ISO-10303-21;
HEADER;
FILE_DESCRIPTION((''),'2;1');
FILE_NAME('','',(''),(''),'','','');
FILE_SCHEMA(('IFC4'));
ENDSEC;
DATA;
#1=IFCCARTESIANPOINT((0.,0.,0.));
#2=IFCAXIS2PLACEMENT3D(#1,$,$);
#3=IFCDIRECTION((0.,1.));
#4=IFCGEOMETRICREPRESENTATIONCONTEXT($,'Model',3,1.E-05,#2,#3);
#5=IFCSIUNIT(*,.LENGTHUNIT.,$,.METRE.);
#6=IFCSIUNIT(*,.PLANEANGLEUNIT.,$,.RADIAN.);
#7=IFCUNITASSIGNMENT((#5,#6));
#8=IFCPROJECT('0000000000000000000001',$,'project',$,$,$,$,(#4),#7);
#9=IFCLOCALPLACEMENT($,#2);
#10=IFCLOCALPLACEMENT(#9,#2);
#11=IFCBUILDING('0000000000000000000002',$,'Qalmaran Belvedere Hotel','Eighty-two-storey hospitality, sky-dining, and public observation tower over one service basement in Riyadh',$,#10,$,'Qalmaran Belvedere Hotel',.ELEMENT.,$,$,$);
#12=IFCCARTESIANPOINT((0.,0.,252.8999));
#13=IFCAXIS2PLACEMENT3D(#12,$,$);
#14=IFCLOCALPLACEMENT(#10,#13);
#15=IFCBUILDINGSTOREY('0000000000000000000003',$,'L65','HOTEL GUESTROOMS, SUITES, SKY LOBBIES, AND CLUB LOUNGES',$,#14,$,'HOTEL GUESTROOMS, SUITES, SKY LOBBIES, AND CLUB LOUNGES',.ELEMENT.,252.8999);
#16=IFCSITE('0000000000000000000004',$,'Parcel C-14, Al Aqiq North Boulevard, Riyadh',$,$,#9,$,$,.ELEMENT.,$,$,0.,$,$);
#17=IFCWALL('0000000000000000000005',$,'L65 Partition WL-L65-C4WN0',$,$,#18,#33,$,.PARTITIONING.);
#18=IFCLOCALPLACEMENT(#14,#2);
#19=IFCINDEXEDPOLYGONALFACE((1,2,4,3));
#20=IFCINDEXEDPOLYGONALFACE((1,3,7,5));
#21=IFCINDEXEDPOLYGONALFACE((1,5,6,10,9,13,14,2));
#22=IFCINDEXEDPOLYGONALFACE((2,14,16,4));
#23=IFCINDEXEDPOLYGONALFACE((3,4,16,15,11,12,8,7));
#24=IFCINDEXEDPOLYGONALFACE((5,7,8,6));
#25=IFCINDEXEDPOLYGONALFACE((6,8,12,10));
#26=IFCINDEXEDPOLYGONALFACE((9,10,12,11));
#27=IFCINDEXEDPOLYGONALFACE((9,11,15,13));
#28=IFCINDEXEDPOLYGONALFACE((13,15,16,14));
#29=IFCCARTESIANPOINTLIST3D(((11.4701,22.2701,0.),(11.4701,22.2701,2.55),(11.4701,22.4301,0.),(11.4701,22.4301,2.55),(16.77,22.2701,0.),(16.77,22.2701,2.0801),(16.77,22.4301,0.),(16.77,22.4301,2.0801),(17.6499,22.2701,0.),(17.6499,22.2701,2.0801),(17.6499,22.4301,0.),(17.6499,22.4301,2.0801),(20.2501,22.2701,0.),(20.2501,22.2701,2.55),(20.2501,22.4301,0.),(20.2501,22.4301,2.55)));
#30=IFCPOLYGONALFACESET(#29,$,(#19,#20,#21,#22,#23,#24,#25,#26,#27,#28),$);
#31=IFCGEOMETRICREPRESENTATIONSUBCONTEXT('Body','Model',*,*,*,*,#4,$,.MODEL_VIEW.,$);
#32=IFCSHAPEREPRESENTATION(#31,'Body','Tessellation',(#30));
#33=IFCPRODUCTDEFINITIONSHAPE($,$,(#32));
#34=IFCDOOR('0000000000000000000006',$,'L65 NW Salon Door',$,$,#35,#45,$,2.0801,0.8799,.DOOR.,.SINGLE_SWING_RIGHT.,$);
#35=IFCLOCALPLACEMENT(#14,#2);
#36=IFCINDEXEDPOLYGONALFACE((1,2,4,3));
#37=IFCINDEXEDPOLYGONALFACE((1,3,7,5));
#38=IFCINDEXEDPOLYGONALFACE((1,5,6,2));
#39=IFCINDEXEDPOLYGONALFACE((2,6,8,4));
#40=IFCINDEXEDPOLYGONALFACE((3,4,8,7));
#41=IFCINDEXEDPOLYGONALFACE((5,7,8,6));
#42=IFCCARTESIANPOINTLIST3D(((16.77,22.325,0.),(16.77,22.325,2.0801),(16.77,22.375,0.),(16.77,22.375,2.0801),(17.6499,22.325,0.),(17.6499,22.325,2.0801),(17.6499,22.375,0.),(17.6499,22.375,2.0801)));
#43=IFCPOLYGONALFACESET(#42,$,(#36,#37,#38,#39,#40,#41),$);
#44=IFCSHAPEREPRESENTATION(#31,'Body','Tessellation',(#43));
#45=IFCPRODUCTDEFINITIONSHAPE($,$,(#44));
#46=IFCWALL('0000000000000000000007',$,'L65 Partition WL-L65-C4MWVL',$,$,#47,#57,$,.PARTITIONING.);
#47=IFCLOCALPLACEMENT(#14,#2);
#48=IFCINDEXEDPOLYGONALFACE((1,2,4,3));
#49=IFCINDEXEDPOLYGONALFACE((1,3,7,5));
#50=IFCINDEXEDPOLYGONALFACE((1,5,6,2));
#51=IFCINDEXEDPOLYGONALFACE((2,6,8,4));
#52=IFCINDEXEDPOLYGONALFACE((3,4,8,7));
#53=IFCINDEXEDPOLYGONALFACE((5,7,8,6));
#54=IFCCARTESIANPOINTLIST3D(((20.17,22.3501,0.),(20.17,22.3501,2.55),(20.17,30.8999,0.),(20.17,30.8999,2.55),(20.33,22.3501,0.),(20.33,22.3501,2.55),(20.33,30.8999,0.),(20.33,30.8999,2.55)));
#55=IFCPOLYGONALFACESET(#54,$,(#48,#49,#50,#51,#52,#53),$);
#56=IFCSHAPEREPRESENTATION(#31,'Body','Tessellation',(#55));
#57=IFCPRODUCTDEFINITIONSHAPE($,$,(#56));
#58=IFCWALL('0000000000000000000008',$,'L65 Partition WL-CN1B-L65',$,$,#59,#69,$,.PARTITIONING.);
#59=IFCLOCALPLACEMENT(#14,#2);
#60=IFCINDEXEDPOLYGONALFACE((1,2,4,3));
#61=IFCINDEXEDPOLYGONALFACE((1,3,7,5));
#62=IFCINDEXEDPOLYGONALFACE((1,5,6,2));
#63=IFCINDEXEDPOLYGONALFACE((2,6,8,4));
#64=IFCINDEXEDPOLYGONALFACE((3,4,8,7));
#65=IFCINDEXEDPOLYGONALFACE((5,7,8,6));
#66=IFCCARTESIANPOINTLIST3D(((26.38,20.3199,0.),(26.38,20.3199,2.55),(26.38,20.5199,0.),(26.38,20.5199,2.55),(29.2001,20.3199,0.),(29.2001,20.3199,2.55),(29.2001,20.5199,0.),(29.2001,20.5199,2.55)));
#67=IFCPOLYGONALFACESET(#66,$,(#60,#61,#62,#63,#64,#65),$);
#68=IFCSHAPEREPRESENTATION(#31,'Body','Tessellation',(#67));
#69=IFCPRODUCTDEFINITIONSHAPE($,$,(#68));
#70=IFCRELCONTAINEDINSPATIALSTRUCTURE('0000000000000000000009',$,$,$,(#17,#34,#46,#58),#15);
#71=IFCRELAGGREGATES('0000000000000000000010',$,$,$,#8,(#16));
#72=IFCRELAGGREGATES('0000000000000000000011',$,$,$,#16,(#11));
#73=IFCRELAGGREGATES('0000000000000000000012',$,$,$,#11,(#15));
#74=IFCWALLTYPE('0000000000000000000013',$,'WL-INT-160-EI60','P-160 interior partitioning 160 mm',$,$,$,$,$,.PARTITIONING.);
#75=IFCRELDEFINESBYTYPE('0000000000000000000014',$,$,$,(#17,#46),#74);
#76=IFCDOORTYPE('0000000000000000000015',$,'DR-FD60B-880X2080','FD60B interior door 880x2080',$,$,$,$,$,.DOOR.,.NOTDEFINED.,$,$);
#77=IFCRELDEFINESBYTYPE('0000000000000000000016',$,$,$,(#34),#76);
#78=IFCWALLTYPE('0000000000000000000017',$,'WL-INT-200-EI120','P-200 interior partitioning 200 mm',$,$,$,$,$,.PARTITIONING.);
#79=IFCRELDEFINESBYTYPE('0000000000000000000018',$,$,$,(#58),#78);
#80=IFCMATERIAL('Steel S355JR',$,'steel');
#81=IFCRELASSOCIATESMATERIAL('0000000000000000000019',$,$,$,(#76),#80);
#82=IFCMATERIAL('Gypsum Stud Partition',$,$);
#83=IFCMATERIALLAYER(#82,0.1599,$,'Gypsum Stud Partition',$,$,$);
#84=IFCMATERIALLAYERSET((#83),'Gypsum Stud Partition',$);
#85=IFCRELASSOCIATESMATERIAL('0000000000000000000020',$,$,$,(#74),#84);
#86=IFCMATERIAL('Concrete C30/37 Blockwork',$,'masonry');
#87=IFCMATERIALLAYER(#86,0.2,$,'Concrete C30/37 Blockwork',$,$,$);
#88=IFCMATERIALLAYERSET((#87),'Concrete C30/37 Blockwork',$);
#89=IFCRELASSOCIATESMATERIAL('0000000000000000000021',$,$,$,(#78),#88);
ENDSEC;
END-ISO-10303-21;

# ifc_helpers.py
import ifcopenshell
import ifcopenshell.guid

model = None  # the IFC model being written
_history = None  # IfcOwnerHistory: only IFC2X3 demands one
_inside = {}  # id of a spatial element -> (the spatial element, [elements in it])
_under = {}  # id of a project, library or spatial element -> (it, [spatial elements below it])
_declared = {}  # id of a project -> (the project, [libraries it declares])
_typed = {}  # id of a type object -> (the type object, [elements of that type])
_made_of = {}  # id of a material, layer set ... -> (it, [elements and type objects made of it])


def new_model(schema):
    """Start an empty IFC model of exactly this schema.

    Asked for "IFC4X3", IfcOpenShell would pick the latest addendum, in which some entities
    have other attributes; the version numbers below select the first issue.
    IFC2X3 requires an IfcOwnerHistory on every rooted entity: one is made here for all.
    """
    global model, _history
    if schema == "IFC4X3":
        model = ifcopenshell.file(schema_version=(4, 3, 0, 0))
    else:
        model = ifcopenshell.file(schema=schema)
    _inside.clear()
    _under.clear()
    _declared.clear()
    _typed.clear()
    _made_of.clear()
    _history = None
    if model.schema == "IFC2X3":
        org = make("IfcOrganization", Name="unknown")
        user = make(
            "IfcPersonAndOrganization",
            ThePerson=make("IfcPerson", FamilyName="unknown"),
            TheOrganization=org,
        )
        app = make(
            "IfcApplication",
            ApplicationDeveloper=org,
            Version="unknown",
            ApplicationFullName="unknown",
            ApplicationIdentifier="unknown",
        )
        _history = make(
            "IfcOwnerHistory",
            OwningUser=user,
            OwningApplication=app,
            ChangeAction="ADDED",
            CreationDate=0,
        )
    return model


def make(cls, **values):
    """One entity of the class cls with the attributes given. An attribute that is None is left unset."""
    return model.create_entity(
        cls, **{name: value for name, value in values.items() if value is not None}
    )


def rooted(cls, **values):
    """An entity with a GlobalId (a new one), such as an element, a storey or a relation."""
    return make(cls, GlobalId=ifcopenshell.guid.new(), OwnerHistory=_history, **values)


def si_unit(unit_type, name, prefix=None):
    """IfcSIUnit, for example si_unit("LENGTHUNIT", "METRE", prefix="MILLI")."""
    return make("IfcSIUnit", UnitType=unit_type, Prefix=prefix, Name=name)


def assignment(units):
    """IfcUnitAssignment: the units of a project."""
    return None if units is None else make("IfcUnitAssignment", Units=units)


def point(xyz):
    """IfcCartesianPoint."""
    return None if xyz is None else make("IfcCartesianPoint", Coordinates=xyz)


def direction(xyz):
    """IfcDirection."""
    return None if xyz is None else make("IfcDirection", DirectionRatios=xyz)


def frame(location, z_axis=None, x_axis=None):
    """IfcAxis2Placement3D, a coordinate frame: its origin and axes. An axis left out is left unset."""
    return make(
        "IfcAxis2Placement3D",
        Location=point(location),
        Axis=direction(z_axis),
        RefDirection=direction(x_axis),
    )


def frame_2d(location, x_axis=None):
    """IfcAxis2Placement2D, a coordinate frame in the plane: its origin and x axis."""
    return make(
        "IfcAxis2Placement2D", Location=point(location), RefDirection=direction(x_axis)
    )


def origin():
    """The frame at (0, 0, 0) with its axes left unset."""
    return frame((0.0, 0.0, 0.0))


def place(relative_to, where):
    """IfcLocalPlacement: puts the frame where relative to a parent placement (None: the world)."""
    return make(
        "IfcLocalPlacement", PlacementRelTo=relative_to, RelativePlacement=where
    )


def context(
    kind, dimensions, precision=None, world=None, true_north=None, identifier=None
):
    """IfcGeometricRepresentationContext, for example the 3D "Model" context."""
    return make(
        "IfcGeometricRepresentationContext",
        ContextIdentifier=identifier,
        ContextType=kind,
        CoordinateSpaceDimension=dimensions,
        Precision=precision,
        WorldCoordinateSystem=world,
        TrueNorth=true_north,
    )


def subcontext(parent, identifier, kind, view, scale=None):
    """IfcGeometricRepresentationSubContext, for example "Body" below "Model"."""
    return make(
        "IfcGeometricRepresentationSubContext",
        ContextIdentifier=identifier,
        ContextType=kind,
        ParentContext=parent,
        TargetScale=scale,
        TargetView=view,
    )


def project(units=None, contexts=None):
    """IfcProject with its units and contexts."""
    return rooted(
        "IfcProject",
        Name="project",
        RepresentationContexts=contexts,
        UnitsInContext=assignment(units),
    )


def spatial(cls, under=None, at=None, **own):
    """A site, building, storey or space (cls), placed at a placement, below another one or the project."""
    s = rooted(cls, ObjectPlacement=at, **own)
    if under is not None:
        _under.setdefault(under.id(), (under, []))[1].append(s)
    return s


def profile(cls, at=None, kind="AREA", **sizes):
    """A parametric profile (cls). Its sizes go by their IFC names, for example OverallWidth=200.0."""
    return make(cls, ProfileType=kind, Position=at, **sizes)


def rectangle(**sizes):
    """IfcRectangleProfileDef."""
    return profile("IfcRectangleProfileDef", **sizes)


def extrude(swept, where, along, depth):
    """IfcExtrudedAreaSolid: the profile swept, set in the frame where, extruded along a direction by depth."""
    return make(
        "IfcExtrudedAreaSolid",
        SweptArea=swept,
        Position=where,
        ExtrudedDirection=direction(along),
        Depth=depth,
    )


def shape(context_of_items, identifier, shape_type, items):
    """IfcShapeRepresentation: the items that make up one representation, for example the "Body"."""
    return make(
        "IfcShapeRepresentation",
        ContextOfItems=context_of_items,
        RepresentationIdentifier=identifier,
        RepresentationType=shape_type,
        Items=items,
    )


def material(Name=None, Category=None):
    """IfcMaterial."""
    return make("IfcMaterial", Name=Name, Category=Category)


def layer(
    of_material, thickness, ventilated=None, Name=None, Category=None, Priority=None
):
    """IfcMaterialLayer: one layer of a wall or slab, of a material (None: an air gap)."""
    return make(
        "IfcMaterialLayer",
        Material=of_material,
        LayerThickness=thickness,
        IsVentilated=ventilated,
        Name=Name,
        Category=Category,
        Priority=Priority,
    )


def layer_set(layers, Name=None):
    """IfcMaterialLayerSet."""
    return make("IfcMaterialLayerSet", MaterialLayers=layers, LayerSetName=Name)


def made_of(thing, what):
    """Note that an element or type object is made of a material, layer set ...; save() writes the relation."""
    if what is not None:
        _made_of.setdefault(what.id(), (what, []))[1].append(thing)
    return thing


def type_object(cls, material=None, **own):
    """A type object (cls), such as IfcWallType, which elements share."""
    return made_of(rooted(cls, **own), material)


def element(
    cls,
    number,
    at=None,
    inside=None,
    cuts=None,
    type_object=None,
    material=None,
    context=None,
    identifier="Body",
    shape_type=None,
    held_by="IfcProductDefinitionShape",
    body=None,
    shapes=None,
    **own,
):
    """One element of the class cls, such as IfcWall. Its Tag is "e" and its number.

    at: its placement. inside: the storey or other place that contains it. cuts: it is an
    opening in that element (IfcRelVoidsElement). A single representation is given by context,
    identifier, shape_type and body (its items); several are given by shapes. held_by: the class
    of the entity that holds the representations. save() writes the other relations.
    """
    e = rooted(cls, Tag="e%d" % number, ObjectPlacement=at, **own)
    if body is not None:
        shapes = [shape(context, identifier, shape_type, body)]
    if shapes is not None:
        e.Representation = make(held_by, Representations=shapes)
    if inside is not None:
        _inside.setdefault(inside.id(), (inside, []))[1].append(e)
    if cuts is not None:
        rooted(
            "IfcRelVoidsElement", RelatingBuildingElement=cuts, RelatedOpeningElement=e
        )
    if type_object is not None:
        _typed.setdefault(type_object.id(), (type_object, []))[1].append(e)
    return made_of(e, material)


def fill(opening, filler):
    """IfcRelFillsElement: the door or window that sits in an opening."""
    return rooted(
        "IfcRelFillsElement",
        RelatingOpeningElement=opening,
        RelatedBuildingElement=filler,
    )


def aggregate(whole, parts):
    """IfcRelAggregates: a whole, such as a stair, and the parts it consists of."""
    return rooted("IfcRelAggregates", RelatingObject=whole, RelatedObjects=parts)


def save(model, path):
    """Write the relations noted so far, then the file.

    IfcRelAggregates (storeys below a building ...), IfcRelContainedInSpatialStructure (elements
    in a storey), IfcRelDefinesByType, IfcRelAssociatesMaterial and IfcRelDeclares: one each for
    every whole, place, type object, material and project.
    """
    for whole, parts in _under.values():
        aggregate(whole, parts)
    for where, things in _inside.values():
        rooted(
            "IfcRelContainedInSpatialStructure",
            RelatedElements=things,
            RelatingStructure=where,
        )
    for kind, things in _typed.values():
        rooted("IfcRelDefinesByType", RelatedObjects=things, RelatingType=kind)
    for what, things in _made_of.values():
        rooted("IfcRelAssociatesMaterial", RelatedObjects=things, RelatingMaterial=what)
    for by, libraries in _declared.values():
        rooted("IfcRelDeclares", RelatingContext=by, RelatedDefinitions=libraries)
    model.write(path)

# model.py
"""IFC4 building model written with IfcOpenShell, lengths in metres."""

from ifc_helpers import new_model, si_unit, direction, frame, frame_2d, origin, place, context, subcontext, project, spatial, rectangle, extrude, material, layer, layer_set, type_object, element, fill, save


model = new_model("IFC4")

# Units and contexts
model_context = context("Model", 3, precision=1e-05, world=origin(), true_north=direction((0.0, 1.0)))
body_context = subcontext(model_context, "Body", "Model", "MODEL_VIEW")
ifc_project = project(units=[si_unit("LENGTHUNIT", "METRE"), si_unit("PLANEANGLEUNIT", "RADIAN")], contexts=[model_context])

# Site, building, storey
site_placement = place(None, origin())
site = spatial("IfcSite", under=ifc_project, at=site_placement, Name="Parcel C-14, Al Aqiq North Boulevard, Riyadh", CompositionType="ELEMENT", RefElevation=0.0)
building_placement = place(site_placement, origin())
building = spatial("IfcBuilding", under=site, at=building_placement, Name="Qalmaran Belvedere Hotel", Description="Eighty-two-storey hospitality, sky-dining, and public observation tower over one service basement in Riyadh", LongName="Qalmaran Belvedere Hotel", CompositionType="ELEMENT")
storey_placement = place(building_placement, frame((0.0, 0.0, 252.8999)))
storey = spatial("IfcBuildingStorey", under=building, at=storey_placement, Name="L65", Description="HOTEL GUESTROOMS, SUITES, SKY LOBBIES, AND CLUB LOUNGES", LongName="HOTEL GUESTROOMS, SUITES, SKY LOBBIES, AND CLUB LOUNGES", CompositionType="ELEMENT", Elevation=252.8999)

# Shared definitions
ifc_material_1 = material(Name="Steel S355JR", Category="steel")

# Shared definitions
ifc_material_2 = material(Name="Gypsum Stud Partition")
door_type_1 = type_object("IfcDoorType", Name="DR-FD60B-880X2080", Description="FD60B interior door 880x2080", OperationType="NOTDEFINED", PredefinedType="DOOR", material=ifc_material_1)

# Shared definitions
ifc_layer_1 = layer(ifc_material_2, 0.1599, Name="Gypsum Stud Partition")
ifc_layer_set_1 = layer_set([ifc_layer_1], Name="Gypsum Stud Partition")
wall_type_1 = type_object("IfcWallType", Name="WL-INT-160-EI60", Description="P-160 interior partitioning 160 mm", PredefinedType="PARTITIONING", material=ifc_layer_set_1)

# Wall, opening, door
wall_1_placement = place(storey_placement, frame((11.47, 22.3501, 0.0), z_axis=(0.0, 0.0, 1.0), x_axis=(1.0, 0.0, 0.0)))
wall_1 = element("IfcWall", 1, at=wall_1_placement, inside=storey, type_object=wall_type_1, Name="L65 Partition WL-L65-C4WN0", PredefinedType="PARTITIONING", context=body_context, shape_type="SweptSolid", body=[
    extrude(rectangle(XDim=8.78, YDim=0.1599, at=frame_2d((4.3901, 0.0))), origin(), (0.0, 0.0, 1.0), 2.55),
])
opening_1_placement = place(wall_1_placement, frame((5.3, 0.0, 0.0)))
opening_1 = element("IfcOpeningElement", 2, at=opening_1_placement, cuts=wall_1, PredefinedType="OPENING", context=body_context, shape_type="SweptSolid", body=[
    extrude(rectangle(XDim=0.8799, YDim=2.0801, at=frame_2d((0.4399, 1.04))), frame((0.0, 0.0898, 0.0), z_axis=(0.0, -1.0, 0.0), x_axis=(1.0, 0.0, 0.0)), (0.0, 0.0, 1.0), 0.1799),
])
door_1_placement = place(opening_1_placement, origin())
door_1 = element("IfcDoor", 3, at=door_1_placement, inside=storey, type_object=door_type_1, Name="L65 NW Salon Door", OperationType="SINGLE_SWING_RIGHT", OverallHeight=2.0801, OverallWidth=0.8799, PredefinedType="DOOR", context=body_context, shape_type="SweptSolid", body=[
    extrude(rectangle(XDim=0.8799, YDim=2.0801, at=frame_2d((0.4399, 1.04))), frame((0.0, 0.0249, 0.0), z_axis=(0.0, -1.0, 0.0), x_axis=(1.0, 0.0, 0.0)), (0.0, 0.0, 1.0), 0.05),
])
fill(opening_1, door_1)

# Wall
wall_2_placement = place(storey_placement, frame((20.25, 22.3501, 0.0), z_axis=(0.0, 0.0, 1.0), x_axis=(0.0, 1.0, 0.0)))
element("IfcWall", 4, at=wall_2_placement, inside=storey, type_object=wall_type_1, Name="L65 Partition WL-L65-C4MWVL", PredefinedType="PARTITIONING", context=body_context, shape_type="SweptSolid", body=[
    extrude(rectangle(XDim=8.5498, YDim=0.1599, at=frame_2d((4.2749, 0.0))), origin(), (0.0, 0.0, 1.0), 2.55),
])

# Shared definitions
ifc_material_3 = material(Name="Concrete C30/37 Blockwork", Category="masonry")
ifc_layer_2 = layer(ifc_material_3, 0.2, Name="Concrete C30/37 Blockwork")
ifc_layer_set_2 = layer_set([ifc_layer_2], Name="Concrete C30/37 Blockwork")
wall_type_2 = type_object("IfcWallType", Name="WL-INT-200-EI120", Description="P-200 interior partitioning 200 mm", PredefinedType="PARTITIONING", material=ifc_layer_set_2)

# Wall
wall_3_placement = place(storey_placement, frame((26.3799, 20.4199, 0.0), z_axis=(0.0, 0.0, 1.0), x_axis=(1.0, 0.0, 0.0)))
element("IfcWall", 5, at=wall_3_placement, inside=storey, type_object=wall_type_2, Name="L65 Partition WL-CN1B-L65", PredefinedType="PARTITIONING", context=body_context, shape_type="SweptSolid", body=[
    extrude(rectangle(XDim=2.8201, YDim=0.2, at=frame_2d((1.4102, 0.0))), origin(), (0.0, 0.0, 1.0), 2.55),
])

save(model, "model.ifc")
